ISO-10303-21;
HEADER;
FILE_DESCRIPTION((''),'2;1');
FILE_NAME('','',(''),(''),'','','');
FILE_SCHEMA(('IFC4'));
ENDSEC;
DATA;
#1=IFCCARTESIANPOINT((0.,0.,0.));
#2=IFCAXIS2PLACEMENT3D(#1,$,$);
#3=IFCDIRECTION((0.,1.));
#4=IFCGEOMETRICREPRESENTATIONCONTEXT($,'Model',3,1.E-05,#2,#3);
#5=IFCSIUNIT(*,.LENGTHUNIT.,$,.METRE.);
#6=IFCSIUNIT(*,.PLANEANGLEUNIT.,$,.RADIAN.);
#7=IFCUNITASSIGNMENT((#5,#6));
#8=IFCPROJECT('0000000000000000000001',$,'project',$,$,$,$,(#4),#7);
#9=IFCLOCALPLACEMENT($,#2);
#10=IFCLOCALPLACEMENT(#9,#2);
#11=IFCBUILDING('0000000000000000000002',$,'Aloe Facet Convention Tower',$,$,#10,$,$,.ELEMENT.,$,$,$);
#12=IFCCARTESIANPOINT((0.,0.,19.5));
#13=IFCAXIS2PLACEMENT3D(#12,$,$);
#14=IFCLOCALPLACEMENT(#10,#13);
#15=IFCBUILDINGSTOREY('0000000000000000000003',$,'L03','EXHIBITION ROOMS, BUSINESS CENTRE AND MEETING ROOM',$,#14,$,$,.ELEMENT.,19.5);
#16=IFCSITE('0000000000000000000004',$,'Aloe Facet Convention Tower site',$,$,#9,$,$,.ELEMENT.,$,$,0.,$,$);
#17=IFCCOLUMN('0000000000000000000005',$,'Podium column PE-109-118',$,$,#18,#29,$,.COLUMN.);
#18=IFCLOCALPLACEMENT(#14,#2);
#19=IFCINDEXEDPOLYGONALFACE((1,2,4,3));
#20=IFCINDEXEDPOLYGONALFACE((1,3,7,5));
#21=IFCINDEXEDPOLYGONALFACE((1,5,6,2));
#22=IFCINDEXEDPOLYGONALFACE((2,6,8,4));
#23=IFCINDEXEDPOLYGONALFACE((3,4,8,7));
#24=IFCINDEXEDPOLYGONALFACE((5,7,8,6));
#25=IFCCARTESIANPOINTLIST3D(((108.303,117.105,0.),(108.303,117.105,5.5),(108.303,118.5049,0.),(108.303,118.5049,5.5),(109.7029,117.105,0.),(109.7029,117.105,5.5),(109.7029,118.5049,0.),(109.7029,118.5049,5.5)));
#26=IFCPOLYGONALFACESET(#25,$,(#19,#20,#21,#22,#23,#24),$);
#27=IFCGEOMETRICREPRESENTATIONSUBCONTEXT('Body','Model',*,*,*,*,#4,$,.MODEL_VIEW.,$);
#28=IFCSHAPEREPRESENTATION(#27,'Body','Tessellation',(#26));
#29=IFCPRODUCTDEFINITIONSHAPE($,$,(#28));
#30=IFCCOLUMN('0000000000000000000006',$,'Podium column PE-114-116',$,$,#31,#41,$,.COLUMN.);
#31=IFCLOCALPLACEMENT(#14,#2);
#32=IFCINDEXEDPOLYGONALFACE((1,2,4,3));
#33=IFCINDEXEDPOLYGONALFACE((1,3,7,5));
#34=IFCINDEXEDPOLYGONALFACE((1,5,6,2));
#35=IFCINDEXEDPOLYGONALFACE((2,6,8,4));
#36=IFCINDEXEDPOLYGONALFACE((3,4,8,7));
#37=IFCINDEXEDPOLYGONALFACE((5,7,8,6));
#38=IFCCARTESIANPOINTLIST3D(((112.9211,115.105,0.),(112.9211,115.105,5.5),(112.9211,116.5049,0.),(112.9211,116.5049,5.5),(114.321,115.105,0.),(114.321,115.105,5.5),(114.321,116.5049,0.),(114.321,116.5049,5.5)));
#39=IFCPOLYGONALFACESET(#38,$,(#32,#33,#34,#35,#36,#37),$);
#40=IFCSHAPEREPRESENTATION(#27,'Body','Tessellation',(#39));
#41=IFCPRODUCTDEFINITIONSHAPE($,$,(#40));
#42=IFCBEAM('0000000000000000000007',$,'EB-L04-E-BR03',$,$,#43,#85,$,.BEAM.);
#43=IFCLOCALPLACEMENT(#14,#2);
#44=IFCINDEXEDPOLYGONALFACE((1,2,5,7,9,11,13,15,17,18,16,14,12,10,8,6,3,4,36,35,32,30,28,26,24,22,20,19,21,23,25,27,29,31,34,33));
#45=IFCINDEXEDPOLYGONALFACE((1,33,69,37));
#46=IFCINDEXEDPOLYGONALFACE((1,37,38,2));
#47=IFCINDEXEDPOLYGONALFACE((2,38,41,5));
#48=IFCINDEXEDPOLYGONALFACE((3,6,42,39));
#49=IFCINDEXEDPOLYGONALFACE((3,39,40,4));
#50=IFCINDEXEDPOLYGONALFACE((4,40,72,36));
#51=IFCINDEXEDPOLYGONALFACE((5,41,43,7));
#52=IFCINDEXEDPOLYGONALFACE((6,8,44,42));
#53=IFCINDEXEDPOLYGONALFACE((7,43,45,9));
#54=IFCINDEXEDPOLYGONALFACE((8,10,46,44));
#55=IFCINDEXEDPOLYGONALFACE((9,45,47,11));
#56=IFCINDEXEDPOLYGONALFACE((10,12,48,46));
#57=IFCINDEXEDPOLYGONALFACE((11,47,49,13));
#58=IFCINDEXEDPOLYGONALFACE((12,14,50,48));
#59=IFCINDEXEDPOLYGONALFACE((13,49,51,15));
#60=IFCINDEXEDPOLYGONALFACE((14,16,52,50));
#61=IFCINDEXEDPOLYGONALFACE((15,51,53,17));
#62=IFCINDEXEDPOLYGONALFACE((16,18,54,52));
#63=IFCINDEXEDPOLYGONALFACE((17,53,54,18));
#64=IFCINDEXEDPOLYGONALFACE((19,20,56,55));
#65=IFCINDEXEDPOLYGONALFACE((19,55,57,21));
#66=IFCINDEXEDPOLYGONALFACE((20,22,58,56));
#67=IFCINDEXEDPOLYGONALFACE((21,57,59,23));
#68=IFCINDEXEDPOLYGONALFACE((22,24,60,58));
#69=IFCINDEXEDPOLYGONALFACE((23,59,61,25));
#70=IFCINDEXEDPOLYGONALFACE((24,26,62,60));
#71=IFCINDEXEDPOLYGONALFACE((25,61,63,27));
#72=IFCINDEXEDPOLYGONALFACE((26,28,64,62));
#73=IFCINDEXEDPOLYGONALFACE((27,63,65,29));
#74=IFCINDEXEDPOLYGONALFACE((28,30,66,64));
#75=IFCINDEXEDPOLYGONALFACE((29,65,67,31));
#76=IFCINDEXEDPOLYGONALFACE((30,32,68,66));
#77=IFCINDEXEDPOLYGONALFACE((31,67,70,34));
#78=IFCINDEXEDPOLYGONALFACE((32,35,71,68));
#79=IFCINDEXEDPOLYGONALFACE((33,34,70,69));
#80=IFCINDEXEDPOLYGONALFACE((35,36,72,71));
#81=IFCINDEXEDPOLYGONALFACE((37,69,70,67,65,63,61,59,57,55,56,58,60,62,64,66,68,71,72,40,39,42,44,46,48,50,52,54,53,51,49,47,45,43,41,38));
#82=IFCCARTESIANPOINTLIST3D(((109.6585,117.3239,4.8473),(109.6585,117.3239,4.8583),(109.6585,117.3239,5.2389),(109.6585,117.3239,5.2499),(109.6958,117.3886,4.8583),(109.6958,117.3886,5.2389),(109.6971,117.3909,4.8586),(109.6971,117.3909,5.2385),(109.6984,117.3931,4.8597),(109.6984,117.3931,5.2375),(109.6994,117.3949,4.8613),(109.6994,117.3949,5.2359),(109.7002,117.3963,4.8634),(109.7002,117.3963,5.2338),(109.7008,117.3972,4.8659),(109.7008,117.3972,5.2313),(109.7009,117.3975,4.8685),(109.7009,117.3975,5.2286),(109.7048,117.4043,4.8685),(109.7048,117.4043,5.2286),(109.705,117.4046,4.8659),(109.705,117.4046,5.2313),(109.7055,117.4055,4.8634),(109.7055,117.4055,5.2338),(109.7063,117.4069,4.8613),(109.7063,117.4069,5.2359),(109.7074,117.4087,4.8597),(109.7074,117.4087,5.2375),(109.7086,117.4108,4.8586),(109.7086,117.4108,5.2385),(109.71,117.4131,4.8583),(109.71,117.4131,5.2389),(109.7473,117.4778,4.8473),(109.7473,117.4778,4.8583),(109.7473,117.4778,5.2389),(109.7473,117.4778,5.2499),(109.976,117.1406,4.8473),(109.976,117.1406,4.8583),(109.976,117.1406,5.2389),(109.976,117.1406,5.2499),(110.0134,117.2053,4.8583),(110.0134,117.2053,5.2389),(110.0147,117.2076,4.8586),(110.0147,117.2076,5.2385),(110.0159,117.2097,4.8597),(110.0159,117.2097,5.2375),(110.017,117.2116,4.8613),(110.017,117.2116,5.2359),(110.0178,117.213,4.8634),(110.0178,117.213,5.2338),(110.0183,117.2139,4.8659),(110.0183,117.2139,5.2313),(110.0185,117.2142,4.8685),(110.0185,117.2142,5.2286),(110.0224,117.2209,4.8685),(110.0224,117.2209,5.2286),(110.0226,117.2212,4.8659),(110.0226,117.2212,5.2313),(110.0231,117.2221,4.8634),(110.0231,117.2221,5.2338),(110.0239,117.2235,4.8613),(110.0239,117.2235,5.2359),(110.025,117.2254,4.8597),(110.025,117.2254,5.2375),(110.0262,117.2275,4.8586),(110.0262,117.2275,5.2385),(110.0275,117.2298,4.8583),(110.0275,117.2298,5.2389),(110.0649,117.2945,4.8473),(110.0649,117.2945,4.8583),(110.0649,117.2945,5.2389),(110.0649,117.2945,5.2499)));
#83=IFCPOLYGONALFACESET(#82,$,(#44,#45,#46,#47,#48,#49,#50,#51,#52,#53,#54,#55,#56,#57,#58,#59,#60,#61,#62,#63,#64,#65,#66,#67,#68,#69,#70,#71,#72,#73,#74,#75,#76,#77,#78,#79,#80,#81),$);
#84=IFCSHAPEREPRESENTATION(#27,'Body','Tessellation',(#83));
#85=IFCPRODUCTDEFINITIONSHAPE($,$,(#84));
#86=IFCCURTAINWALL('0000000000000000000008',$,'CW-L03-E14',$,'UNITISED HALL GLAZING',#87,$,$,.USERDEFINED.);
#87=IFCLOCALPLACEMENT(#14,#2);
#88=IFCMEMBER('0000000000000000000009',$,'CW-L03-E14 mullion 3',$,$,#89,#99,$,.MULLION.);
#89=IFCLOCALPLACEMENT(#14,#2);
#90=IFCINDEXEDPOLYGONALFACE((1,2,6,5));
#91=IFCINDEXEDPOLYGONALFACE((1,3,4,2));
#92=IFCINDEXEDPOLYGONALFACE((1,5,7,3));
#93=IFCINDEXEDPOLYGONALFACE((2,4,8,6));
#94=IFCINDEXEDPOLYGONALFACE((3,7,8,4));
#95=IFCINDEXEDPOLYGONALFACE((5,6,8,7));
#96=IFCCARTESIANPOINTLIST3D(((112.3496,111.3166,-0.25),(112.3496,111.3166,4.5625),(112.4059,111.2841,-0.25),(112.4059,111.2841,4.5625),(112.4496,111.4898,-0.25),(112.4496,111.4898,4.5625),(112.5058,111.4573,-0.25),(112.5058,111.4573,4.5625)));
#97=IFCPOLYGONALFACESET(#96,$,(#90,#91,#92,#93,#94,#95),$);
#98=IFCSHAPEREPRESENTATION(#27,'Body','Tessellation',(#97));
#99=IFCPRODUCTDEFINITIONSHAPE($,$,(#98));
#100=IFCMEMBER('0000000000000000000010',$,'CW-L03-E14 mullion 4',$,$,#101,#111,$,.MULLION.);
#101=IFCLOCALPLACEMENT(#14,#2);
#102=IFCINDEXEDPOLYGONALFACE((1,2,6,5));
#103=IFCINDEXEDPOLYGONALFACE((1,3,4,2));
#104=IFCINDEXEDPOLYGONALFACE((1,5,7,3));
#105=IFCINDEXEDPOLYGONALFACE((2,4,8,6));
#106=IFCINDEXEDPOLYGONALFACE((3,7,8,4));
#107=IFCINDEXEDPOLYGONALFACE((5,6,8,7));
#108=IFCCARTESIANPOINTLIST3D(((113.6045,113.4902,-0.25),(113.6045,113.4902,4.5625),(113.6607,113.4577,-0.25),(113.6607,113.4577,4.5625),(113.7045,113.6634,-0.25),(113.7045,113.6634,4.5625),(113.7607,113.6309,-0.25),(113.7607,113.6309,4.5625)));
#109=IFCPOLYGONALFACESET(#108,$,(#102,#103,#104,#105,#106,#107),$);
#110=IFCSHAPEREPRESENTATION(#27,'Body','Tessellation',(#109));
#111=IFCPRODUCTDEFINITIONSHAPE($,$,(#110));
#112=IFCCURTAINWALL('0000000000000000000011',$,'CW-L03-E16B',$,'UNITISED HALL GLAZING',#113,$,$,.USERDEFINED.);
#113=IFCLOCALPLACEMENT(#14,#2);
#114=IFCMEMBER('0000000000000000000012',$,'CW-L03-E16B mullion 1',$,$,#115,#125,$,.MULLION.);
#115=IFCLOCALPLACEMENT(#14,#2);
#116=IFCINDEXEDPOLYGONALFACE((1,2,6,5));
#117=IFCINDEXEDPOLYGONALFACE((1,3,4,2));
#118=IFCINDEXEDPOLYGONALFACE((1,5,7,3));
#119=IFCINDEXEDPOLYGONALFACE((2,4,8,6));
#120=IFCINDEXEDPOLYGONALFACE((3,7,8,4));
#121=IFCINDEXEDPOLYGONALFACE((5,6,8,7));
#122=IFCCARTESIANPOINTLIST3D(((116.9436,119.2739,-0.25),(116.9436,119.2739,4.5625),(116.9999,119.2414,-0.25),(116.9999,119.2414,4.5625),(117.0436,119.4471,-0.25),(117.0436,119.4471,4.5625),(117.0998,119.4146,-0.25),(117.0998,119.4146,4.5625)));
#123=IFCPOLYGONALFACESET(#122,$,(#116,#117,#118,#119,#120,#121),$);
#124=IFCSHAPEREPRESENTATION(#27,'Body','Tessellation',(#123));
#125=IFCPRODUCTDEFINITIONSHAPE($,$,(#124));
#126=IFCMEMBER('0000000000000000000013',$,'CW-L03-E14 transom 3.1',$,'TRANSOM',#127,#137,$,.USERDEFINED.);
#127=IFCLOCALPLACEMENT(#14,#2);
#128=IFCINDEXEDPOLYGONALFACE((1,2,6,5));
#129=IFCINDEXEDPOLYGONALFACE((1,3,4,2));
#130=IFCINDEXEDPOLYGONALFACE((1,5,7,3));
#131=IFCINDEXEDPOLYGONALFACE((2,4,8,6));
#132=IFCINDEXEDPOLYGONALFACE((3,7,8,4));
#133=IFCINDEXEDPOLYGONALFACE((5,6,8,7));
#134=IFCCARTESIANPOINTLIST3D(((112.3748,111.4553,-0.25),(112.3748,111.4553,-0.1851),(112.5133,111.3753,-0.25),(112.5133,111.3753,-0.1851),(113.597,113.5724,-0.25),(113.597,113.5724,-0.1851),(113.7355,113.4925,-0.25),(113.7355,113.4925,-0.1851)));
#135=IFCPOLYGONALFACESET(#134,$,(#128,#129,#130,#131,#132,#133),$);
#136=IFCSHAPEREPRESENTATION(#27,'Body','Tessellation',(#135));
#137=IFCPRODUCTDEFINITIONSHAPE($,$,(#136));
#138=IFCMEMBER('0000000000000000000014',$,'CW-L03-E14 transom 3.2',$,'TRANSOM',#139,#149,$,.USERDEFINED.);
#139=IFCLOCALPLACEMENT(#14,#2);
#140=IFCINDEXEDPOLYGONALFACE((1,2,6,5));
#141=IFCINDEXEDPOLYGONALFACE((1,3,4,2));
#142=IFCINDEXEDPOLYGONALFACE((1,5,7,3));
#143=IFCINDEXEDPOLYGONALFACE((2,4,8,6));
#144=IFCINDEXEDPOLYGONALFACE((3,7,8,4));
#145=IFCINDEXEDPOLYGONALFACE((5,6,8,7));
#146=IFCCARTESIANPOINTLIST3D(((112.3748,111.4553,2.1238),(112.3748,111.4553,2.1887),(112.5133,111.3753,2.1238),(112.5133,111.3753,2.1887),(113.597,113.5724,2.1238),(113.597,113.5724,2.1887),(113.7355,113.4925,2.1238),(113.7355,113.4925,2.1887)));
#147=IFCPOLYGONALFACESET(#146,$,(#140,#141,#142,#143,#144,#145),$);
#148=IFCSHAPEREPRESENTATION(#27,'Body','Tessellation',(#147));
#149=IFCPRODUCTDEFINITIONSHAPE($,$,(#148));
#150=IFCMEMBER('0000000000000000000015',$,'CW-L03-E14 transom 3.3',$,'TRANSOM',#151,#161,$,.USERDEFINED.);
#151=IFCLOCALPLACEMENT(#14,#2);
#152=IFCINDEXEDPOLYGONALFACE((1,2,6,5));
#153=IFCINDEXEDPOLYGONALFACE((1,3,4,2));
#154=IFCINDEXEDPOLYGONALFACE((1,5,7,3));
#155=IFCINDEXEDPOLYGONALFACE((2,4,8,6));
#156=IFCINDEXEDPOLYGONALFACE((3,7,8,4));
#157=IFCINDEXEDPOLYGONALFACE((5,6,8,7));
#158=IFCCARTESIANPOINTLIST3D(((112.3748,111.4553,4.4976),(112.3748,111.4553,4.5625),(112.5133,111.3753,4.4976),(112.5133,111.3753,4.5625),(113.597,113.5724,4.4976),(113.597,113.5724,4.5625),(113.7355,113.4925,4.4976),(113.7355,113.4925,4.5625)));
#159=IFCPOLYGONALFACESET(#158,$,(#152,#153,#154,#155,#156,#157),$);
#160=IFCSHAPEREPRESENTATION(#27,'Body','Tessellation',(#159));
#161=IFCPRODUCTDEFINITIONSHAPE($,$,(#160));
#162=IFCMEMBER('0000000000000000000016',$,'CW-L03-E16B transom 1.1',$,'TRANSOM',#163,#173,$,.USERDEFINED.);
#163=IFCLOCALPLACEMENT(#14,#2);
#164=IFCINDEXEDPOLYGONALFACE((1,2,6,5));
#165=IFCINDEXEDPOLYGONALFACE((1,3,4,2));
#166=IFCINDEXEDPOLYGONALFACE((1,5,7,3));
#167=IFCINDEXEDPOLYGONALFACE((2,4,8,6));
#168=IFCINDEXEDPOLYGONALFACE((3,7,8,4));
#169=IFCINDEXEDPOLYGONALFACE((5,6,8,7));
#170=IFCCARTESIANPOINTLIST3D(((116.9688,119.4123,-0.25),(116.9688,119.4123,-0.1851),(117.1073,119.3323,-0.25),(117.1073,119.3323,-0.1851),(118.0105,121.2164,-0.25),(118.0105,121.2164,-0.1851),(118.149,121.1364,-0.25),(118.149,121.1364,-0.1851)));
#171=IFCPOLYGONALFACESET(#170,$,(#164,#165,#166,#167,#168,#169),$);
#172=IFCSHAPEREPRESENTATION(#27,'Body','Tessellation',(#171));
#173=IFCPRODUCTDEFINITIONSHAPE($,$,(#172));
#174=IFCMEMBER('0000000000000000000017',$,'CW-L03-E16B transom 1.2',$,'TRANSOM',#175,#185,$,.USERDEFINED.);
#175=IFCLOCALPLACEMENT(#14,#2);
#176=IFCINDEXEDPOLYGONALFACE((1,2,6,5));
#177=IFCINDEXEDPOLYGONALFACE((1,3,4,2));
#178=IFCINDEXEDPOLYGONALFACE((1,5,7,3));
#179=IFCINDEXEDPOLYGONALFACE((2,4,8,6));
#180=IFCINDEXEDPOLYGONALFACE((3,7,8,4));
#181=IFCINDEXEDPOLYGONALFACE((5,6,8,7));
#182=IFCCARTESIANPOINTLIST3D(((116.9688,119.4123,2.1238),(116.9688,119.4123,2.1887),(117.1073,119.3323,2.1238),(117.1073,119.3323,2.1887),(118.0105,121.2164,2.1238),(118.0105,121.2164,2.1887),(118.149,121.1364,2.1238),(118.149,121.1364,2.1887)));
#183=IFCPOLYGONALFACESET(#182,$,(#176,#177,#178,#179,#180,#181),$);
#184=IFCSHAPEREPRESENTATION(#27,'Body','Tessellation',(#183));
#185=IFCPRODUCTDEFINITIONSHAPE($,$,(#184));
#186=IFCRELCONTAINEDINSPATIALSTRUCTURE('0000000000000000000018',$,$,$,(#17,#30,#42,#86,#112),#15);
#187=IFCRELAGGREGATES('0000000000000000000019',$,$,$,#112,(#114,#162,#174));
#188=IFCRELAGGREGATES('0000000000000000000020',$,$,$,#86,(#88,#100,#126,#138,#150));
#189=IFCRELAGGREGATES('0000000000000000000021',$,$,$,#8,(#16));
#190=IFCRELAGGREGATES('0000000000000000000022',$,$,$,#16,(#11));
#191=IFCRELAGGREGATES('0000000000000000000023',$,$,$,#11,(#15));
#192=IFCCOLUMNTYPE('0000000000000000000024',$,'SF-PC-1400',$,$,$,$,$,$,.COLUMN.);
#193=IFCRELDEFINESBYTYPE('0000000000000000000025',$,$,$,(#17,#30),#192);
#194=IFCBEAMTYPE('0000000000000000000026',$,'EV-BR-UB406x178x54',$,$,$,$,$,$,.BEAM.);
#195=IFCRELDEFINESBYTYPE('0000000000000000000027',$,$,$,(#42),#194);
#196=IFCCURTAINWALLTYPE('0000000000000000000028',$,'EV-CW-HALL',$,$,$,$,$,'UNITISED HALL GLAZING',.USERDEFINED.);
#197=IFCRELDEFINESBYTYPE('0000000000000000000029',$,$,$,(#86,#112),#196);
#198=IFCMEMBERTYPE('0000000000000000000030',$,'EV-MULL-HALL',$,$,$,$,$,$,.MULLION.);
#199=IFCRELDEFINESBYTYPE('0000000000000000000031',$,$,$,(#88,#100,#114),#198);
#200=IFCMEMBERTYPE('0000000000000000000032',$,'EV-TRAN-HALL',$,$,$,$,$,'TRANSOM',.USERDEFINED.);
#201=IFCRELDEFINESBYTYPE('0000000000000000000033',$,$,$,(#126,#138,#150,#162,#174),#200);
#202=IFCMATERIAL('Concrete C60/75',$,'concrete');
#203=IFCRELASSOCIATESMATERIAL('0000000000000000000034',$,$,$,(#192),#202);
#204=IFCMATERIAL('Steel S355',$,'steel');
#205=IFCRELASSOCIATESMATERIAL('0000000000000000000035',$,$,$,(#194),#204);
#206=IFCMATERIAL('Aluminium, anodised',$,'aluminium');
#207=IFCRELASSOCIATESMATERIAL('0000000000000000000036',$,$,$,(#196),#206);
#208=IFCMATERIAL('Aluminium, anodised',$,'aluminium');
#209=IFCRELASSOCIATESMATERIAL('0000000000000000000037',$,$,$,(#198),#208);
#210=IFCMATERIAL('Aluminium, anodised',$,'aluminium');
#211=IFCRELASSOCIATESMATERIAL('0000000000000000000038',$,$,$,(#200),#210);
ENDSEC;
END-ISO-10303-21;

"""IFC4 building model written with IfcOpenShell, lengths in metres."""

from ifc_helpers import new_model, si_unit, direction, frame, origin, origin_2d, place, context, subcontext, project, spatial, rectangle, i_section, extrude, material, material_profile, profile_set, type_object, element, aggregate, save


model = new_model("IFC4")

# Units and contexts
model_context = context("Model", 3, precision=1e-05, world=origin(), true_north=direction((0.0, 1.0)))
body_context = subcontext(model_context, "Body", "Model", "MODEL_VIEW")
ifc_project = project(units=[si_unit("LENGTHUNIT", "METRE"), si_unit("PLANEANGLEUNIT", "RADIAN")], contexts=[model_context])

# Site, building, storey
site_placement = place(None, origin())
site = spatial("IfcSite", under=ifc_project, at=site_placement, Name="Aloe Facet Convention Tower site", CompositionType="ELEMENT", RefElevation=0.0)
building_placement = place(site_placement, origin())
building = spatial("IfcBuilding", under=site, at=building_placement, Name="Aloe Facet Convention Tower", CompositionType="ELEMENT")
storey_placement = place(building_placement, frame((0.0, 0.0, 19.5)))
storey = spatial("IfcBuildingStorey", under=building, at=storey_placement, Name="L03", Description="EXHIBITION ROOMS, BUSINESS CENTRE AND MEETING ROOM", CompositionType="ELEMENT", Elevation=19.5)

# Columns
ifc_material_1 = material(Name="Concrete C60/75", Category="concrete")
ifc_material_profile_1 = material_profile(ifc_material_1, rectangle(XDim=1.3999, YDim=1.3999, at=origin_2d()), Name="SF-PC-1400")
ifc_profile_set_1 = profile_set([ifc_material_profile_1], Name="Concrete C60/75")
column_type = type_object("IfcColumnType", Name="SF-PC-1400", PredefinedType="COLUMN", material=ifc_profile_set_1)
for number, where, z_axis, x_axis, name in (
    (1, (109.0029, 117.8049, 0.0), (0.0, 0.0, 1.0), (1.0, 0.0, 0.0), "Podium column PE-109-118"),
    (2, (113.6211, 115.8049, 0.0), (0.0, 0.0, 1.0), (1.0, 0.0, 0.0), "Podium column PE-114-116"),
):
    element("IfcColumn", number, at=place(storey_placement, frame(where, z_axis=z_axis, x_axis=x_axis)), inside=storey, type_object=column_type, Name=name, PredefinedType="COLUMN", context=body_context, shape_type="SweptSolid", body=[
        extrude(rectangle(XDim=1.3999, YDim=1.3999, at=origin_2d()), origin(), (0.0, 0.0, 1.0), 5.5),
    ])

# Beam
ifc_material_2 = material(Name="Steel S355", Category="steel")
ifc_material_profile_2 = material_profile(ifc_material_2, i_section(OverallWidth=0.1777, OverallDepth=0.4026, WebThickness=0.0078, FlangeThickness=0.011, FilletRadius=0.0103, at=origin_2d()), Name="UB 406x178x54")
ifc_profile_set_2 = profile_set([ifc_material_profile_2], Name="Steel S355")
beam_type_1 = type_object("IfcBeamType", Name="EV-BR-UB406x178x54", PredefinedType="BEAM", material=ifc_profile_set_2)
beam_1_placement = place(storey_placement, frame((109.7029, 117.4009, 5.0486), z_axis=(0.866064, -0.499934, 0.0), x_axis=(0.499934, 0.866064, 0.0)))
element("IfcBeam", 3, at=beam_1_placement, inside=storey, type_object=beam_type_1, Name="EB-L04-E-BR03", PredefinedType="BEAM", context=body_context, shape_type="SweptSolid", body=[
    extrude(i_section(OverallWidth=0.1777, OverallDepth=0.4026, WebThickness=0.0078, FlangeThickness=0.011, FilletRadius=0.0103, at=origin_2d()), origin(), (0.0, 0.0, 1.0), 0.3667),
])

# Curtain wall, members
ifc_material_3 = material(Name="Aluminium, anodised", Category="aluminium")
curtain_wall_type = type_object("IfcCurtainWallType", Name="EV-CW-HALL", ElementType="UNITISED HALL GLAZING", PredefinedType="USERDEFINED", material=ifc_material_3)
curtain_wall_1_placement = place(storey_placement, origin())
curtain_wall_1 = element("IfcCurtainWall", 4, at=curtain_wall_1_placement, inside=storey, type_object=curtain_wall_type, Name="CW-L03-E14", ObjectType="UNITISED HALL GLAZING", PredefinedType="USERDEFINED")
ifc_material_4 = material(Name="Aluminium, anodised", Category="aluminium")
ifc_material_profile_3 = material_profile(ifc_material_4, rectangle(XDim=0.0649, YDim=0.2, at=origin_2d()), Name="AL 65x200")
ifc_profile_set_3 = profile_set([ifc_material_profile_3], Name="Aluminium, anodised")
member_type_1 = type_object("IfcMemberType", Name="EV-MULL-HALL", PredefinedType="MULLION", material=ifc_profile_set_3)
member_1_placement = place(storey_placement, frame((112.4277, 111.387, -0.25), z_axis=(0.0, 0.0, 1.0), x_axis=(-0.866025, 0.5, 0.0)))
member_1 = element("IfcMember", 5, at=member_1_placement, type_object=member_type_1, Name="CW-L03-E14 mullion 3", PredefinedType="MULLION", context=body_context, shape_type="SweptSolid", body=[
    extrude(rectangle(XDim=0.0649, YDim=0.2, at=origin_2d()), origin(), (0.0, 0.0, 1.0), 4.8125),
])
member_2_placement = place(storey_placement, frame((113.6826, 113.5605, -0.25), z_axis=(0.0, 0.0, 1.0), x_axis=(-0.866025, 0.5, 0.0)))
member_2 = element("IfcMember", 6, at=member_2_placement, type_object=member_type_1, Name="CW-L03-E14 mullion 4", PredefinedType="MULLION", context=body_context, shape_type="SweptSolid", body=[
    extrude(rectangle(XDim=0.0649, YDim=0.2, at=origin_2d()), origin(), (0.0, 0.0, 1.0), 4.8125),
])

# Curtain wall, member
curtain_wall_2_placement = place(storey_placement, origin())
curtain_wall_2 = element("IfcCurtainWall", 7, at=curtain_wall_2_placement, inside=storey, type_object=curtain_wall_type, Name="CW-L03-E16B", ObjectType="UNITISED HALL GLAZING", PredefinedType="USERDEFINED")
member_3_placement = place(storey_placement, frame((117.0217, 119.3442, -0.25), z_axis=(0.0, 0.0, 1.0), x_axis=(-0.866025, 0.5, 0.0)))
member_3 = element("IfcMember", 8, at=member_3_placement, type_object=member_type_1, Name="CW-L03-E16B mullion 1", PredefinedType="MULLION", context=body_context, shape_type="SweptSolid", body=[
    extrude(rectangle(XDim=0.0649, YDim=0.2, at=origin_2d()), origin(), (0.0, 0.0, 1.0), 4.8125),
])

# Members
ifc_material_5 = material(Name="Aluminium, anodised", Category="aluminium")
ifc_material_profile_4 = material_profile(ifc_material_5, rectangle(XDim=0.1599, YDim=0.0649, at=origin_2d()), Name="AL 160x65")
ifc_profile_set_4 = profile_set([ifc_material_profile_4], Name="Aluminium, anodised")
member_type_2 = type_object("IfcMemberType", Name="EV-TRAN-HALL", ElementType="TRANSOM", PredefinedType="USERDEFINED", material=ifc_profile_set_4)
member_4_placement = place(storey_placement, frame((112.4441, 111.4153, -0.2175), z_axis=(0.499941, 0.866059, 0.0), x_axis=(-0.866059, 0.499941, 0.0)))
member_4 = element("IfcMember", 9, at=member_4_placement, type_object=member_type_2, Name="CW-L03-E14 transom 3.1", ObjectType="TRANSOM", PredefinedType="USERDEFINED", context=body_context, shape_type="SweptSolid", body=[
    extrude(rectangle(XDim=0.1599, YDim=0.0649, at=origin_2d()), origin(), (0.0, 0.0, 1.0), 2.4446),
])
member_5_placement = place(storey_placement, frame((112.4441, 111.4153, 2.1562), z_axis=(0.499941, 0.866059, 0.0), x_axis=(-0.866059, 0.499941, 0.0)))
member_5 = element("IfcMember", 10, at=member_5_placement, type_object=member_type_2, Name="CW-L03-E14 transom 3.2", ObjectType="TRANSOM", PredefinedType="USERDEFINED", context=body_context, shape_type="SweptSolid", body=[
    extrude(rectangle(XDim=0.1599, YDim=0.0649, at=origin_2d()), origin(), (0.0, 0.0, 1.0), 2.4446),
])
member_6_placement = place(storey_placement, frame((112.4441, 111.4153, 4.53), z_axis=(0.499941, 0.866059, 0.0), x_axis=(-0.866059, 0.499941, 0.0)))
member_6 = element("IfcMember", 11, at=member_6_placement, type_object=member_type_2, Name="CW-L03-E14 transom 3.3", ObjectType="TRANSOM", PredefinedType="USERDEFINED", context=body_context, shape_type="SweptSolid", body=[
    extrude(rectangle(XDim=0.1599, YDim=0.0649, at=origin_2d()), origin(), (0.0, 0.0, 1.0), 2.4446),
])
member_7_placement = place(storey_placement, frame((117.0381, 119.3723, -0.2175), z_axis=(0.500034, 0.866006, 0.0), x_axis=(-0.866006, 0.500034, 0.0)))
member_7 = element("IfcMember", 12, at=member_7_placement, type_object=member_type_2, Name="CW-L03-E16B transom 1.1", ObjectType="TRANSOM", PredefinedType="USERDEFINED", context=body_context, shape_type="SweptSolid", body=[
    extrude(rectangle(XDim=0.1599, YDim=0.0649, at=origin_2d()), origin(), (0.0, 0.0, 1.0), 2.0833),
])
member_8_placement = place(storey_placement, frame((117.0381, 119.3723, 2.1562), z_axis=(0.500034, 0.866006, 0.0), x_axis=(-0.866006, 0.500034, 0.0)))
member_8 = element("IfcMember", 13, at=member_8_placement, type_object=member_type_2, Name="CW-L03-E16B transom 1.2", ObjectType="TRANSOM", PredefinedType="USERDEFINED", context=body_context, shape_type="SweptSolid", body=[
    extrude(rectangle(XDim=0.1599, YDim=0.0649, at=origin_2d()), origin(), (0.0, 0.0, 1.0), 2.0833),
])
aggregate(curtain_wall_2, [member_3, member_7, member_8])

aggregate(curtain_wall_1, [member_1, member_2, member_4, member_5, member_6])

save(model, "model.ifc")
